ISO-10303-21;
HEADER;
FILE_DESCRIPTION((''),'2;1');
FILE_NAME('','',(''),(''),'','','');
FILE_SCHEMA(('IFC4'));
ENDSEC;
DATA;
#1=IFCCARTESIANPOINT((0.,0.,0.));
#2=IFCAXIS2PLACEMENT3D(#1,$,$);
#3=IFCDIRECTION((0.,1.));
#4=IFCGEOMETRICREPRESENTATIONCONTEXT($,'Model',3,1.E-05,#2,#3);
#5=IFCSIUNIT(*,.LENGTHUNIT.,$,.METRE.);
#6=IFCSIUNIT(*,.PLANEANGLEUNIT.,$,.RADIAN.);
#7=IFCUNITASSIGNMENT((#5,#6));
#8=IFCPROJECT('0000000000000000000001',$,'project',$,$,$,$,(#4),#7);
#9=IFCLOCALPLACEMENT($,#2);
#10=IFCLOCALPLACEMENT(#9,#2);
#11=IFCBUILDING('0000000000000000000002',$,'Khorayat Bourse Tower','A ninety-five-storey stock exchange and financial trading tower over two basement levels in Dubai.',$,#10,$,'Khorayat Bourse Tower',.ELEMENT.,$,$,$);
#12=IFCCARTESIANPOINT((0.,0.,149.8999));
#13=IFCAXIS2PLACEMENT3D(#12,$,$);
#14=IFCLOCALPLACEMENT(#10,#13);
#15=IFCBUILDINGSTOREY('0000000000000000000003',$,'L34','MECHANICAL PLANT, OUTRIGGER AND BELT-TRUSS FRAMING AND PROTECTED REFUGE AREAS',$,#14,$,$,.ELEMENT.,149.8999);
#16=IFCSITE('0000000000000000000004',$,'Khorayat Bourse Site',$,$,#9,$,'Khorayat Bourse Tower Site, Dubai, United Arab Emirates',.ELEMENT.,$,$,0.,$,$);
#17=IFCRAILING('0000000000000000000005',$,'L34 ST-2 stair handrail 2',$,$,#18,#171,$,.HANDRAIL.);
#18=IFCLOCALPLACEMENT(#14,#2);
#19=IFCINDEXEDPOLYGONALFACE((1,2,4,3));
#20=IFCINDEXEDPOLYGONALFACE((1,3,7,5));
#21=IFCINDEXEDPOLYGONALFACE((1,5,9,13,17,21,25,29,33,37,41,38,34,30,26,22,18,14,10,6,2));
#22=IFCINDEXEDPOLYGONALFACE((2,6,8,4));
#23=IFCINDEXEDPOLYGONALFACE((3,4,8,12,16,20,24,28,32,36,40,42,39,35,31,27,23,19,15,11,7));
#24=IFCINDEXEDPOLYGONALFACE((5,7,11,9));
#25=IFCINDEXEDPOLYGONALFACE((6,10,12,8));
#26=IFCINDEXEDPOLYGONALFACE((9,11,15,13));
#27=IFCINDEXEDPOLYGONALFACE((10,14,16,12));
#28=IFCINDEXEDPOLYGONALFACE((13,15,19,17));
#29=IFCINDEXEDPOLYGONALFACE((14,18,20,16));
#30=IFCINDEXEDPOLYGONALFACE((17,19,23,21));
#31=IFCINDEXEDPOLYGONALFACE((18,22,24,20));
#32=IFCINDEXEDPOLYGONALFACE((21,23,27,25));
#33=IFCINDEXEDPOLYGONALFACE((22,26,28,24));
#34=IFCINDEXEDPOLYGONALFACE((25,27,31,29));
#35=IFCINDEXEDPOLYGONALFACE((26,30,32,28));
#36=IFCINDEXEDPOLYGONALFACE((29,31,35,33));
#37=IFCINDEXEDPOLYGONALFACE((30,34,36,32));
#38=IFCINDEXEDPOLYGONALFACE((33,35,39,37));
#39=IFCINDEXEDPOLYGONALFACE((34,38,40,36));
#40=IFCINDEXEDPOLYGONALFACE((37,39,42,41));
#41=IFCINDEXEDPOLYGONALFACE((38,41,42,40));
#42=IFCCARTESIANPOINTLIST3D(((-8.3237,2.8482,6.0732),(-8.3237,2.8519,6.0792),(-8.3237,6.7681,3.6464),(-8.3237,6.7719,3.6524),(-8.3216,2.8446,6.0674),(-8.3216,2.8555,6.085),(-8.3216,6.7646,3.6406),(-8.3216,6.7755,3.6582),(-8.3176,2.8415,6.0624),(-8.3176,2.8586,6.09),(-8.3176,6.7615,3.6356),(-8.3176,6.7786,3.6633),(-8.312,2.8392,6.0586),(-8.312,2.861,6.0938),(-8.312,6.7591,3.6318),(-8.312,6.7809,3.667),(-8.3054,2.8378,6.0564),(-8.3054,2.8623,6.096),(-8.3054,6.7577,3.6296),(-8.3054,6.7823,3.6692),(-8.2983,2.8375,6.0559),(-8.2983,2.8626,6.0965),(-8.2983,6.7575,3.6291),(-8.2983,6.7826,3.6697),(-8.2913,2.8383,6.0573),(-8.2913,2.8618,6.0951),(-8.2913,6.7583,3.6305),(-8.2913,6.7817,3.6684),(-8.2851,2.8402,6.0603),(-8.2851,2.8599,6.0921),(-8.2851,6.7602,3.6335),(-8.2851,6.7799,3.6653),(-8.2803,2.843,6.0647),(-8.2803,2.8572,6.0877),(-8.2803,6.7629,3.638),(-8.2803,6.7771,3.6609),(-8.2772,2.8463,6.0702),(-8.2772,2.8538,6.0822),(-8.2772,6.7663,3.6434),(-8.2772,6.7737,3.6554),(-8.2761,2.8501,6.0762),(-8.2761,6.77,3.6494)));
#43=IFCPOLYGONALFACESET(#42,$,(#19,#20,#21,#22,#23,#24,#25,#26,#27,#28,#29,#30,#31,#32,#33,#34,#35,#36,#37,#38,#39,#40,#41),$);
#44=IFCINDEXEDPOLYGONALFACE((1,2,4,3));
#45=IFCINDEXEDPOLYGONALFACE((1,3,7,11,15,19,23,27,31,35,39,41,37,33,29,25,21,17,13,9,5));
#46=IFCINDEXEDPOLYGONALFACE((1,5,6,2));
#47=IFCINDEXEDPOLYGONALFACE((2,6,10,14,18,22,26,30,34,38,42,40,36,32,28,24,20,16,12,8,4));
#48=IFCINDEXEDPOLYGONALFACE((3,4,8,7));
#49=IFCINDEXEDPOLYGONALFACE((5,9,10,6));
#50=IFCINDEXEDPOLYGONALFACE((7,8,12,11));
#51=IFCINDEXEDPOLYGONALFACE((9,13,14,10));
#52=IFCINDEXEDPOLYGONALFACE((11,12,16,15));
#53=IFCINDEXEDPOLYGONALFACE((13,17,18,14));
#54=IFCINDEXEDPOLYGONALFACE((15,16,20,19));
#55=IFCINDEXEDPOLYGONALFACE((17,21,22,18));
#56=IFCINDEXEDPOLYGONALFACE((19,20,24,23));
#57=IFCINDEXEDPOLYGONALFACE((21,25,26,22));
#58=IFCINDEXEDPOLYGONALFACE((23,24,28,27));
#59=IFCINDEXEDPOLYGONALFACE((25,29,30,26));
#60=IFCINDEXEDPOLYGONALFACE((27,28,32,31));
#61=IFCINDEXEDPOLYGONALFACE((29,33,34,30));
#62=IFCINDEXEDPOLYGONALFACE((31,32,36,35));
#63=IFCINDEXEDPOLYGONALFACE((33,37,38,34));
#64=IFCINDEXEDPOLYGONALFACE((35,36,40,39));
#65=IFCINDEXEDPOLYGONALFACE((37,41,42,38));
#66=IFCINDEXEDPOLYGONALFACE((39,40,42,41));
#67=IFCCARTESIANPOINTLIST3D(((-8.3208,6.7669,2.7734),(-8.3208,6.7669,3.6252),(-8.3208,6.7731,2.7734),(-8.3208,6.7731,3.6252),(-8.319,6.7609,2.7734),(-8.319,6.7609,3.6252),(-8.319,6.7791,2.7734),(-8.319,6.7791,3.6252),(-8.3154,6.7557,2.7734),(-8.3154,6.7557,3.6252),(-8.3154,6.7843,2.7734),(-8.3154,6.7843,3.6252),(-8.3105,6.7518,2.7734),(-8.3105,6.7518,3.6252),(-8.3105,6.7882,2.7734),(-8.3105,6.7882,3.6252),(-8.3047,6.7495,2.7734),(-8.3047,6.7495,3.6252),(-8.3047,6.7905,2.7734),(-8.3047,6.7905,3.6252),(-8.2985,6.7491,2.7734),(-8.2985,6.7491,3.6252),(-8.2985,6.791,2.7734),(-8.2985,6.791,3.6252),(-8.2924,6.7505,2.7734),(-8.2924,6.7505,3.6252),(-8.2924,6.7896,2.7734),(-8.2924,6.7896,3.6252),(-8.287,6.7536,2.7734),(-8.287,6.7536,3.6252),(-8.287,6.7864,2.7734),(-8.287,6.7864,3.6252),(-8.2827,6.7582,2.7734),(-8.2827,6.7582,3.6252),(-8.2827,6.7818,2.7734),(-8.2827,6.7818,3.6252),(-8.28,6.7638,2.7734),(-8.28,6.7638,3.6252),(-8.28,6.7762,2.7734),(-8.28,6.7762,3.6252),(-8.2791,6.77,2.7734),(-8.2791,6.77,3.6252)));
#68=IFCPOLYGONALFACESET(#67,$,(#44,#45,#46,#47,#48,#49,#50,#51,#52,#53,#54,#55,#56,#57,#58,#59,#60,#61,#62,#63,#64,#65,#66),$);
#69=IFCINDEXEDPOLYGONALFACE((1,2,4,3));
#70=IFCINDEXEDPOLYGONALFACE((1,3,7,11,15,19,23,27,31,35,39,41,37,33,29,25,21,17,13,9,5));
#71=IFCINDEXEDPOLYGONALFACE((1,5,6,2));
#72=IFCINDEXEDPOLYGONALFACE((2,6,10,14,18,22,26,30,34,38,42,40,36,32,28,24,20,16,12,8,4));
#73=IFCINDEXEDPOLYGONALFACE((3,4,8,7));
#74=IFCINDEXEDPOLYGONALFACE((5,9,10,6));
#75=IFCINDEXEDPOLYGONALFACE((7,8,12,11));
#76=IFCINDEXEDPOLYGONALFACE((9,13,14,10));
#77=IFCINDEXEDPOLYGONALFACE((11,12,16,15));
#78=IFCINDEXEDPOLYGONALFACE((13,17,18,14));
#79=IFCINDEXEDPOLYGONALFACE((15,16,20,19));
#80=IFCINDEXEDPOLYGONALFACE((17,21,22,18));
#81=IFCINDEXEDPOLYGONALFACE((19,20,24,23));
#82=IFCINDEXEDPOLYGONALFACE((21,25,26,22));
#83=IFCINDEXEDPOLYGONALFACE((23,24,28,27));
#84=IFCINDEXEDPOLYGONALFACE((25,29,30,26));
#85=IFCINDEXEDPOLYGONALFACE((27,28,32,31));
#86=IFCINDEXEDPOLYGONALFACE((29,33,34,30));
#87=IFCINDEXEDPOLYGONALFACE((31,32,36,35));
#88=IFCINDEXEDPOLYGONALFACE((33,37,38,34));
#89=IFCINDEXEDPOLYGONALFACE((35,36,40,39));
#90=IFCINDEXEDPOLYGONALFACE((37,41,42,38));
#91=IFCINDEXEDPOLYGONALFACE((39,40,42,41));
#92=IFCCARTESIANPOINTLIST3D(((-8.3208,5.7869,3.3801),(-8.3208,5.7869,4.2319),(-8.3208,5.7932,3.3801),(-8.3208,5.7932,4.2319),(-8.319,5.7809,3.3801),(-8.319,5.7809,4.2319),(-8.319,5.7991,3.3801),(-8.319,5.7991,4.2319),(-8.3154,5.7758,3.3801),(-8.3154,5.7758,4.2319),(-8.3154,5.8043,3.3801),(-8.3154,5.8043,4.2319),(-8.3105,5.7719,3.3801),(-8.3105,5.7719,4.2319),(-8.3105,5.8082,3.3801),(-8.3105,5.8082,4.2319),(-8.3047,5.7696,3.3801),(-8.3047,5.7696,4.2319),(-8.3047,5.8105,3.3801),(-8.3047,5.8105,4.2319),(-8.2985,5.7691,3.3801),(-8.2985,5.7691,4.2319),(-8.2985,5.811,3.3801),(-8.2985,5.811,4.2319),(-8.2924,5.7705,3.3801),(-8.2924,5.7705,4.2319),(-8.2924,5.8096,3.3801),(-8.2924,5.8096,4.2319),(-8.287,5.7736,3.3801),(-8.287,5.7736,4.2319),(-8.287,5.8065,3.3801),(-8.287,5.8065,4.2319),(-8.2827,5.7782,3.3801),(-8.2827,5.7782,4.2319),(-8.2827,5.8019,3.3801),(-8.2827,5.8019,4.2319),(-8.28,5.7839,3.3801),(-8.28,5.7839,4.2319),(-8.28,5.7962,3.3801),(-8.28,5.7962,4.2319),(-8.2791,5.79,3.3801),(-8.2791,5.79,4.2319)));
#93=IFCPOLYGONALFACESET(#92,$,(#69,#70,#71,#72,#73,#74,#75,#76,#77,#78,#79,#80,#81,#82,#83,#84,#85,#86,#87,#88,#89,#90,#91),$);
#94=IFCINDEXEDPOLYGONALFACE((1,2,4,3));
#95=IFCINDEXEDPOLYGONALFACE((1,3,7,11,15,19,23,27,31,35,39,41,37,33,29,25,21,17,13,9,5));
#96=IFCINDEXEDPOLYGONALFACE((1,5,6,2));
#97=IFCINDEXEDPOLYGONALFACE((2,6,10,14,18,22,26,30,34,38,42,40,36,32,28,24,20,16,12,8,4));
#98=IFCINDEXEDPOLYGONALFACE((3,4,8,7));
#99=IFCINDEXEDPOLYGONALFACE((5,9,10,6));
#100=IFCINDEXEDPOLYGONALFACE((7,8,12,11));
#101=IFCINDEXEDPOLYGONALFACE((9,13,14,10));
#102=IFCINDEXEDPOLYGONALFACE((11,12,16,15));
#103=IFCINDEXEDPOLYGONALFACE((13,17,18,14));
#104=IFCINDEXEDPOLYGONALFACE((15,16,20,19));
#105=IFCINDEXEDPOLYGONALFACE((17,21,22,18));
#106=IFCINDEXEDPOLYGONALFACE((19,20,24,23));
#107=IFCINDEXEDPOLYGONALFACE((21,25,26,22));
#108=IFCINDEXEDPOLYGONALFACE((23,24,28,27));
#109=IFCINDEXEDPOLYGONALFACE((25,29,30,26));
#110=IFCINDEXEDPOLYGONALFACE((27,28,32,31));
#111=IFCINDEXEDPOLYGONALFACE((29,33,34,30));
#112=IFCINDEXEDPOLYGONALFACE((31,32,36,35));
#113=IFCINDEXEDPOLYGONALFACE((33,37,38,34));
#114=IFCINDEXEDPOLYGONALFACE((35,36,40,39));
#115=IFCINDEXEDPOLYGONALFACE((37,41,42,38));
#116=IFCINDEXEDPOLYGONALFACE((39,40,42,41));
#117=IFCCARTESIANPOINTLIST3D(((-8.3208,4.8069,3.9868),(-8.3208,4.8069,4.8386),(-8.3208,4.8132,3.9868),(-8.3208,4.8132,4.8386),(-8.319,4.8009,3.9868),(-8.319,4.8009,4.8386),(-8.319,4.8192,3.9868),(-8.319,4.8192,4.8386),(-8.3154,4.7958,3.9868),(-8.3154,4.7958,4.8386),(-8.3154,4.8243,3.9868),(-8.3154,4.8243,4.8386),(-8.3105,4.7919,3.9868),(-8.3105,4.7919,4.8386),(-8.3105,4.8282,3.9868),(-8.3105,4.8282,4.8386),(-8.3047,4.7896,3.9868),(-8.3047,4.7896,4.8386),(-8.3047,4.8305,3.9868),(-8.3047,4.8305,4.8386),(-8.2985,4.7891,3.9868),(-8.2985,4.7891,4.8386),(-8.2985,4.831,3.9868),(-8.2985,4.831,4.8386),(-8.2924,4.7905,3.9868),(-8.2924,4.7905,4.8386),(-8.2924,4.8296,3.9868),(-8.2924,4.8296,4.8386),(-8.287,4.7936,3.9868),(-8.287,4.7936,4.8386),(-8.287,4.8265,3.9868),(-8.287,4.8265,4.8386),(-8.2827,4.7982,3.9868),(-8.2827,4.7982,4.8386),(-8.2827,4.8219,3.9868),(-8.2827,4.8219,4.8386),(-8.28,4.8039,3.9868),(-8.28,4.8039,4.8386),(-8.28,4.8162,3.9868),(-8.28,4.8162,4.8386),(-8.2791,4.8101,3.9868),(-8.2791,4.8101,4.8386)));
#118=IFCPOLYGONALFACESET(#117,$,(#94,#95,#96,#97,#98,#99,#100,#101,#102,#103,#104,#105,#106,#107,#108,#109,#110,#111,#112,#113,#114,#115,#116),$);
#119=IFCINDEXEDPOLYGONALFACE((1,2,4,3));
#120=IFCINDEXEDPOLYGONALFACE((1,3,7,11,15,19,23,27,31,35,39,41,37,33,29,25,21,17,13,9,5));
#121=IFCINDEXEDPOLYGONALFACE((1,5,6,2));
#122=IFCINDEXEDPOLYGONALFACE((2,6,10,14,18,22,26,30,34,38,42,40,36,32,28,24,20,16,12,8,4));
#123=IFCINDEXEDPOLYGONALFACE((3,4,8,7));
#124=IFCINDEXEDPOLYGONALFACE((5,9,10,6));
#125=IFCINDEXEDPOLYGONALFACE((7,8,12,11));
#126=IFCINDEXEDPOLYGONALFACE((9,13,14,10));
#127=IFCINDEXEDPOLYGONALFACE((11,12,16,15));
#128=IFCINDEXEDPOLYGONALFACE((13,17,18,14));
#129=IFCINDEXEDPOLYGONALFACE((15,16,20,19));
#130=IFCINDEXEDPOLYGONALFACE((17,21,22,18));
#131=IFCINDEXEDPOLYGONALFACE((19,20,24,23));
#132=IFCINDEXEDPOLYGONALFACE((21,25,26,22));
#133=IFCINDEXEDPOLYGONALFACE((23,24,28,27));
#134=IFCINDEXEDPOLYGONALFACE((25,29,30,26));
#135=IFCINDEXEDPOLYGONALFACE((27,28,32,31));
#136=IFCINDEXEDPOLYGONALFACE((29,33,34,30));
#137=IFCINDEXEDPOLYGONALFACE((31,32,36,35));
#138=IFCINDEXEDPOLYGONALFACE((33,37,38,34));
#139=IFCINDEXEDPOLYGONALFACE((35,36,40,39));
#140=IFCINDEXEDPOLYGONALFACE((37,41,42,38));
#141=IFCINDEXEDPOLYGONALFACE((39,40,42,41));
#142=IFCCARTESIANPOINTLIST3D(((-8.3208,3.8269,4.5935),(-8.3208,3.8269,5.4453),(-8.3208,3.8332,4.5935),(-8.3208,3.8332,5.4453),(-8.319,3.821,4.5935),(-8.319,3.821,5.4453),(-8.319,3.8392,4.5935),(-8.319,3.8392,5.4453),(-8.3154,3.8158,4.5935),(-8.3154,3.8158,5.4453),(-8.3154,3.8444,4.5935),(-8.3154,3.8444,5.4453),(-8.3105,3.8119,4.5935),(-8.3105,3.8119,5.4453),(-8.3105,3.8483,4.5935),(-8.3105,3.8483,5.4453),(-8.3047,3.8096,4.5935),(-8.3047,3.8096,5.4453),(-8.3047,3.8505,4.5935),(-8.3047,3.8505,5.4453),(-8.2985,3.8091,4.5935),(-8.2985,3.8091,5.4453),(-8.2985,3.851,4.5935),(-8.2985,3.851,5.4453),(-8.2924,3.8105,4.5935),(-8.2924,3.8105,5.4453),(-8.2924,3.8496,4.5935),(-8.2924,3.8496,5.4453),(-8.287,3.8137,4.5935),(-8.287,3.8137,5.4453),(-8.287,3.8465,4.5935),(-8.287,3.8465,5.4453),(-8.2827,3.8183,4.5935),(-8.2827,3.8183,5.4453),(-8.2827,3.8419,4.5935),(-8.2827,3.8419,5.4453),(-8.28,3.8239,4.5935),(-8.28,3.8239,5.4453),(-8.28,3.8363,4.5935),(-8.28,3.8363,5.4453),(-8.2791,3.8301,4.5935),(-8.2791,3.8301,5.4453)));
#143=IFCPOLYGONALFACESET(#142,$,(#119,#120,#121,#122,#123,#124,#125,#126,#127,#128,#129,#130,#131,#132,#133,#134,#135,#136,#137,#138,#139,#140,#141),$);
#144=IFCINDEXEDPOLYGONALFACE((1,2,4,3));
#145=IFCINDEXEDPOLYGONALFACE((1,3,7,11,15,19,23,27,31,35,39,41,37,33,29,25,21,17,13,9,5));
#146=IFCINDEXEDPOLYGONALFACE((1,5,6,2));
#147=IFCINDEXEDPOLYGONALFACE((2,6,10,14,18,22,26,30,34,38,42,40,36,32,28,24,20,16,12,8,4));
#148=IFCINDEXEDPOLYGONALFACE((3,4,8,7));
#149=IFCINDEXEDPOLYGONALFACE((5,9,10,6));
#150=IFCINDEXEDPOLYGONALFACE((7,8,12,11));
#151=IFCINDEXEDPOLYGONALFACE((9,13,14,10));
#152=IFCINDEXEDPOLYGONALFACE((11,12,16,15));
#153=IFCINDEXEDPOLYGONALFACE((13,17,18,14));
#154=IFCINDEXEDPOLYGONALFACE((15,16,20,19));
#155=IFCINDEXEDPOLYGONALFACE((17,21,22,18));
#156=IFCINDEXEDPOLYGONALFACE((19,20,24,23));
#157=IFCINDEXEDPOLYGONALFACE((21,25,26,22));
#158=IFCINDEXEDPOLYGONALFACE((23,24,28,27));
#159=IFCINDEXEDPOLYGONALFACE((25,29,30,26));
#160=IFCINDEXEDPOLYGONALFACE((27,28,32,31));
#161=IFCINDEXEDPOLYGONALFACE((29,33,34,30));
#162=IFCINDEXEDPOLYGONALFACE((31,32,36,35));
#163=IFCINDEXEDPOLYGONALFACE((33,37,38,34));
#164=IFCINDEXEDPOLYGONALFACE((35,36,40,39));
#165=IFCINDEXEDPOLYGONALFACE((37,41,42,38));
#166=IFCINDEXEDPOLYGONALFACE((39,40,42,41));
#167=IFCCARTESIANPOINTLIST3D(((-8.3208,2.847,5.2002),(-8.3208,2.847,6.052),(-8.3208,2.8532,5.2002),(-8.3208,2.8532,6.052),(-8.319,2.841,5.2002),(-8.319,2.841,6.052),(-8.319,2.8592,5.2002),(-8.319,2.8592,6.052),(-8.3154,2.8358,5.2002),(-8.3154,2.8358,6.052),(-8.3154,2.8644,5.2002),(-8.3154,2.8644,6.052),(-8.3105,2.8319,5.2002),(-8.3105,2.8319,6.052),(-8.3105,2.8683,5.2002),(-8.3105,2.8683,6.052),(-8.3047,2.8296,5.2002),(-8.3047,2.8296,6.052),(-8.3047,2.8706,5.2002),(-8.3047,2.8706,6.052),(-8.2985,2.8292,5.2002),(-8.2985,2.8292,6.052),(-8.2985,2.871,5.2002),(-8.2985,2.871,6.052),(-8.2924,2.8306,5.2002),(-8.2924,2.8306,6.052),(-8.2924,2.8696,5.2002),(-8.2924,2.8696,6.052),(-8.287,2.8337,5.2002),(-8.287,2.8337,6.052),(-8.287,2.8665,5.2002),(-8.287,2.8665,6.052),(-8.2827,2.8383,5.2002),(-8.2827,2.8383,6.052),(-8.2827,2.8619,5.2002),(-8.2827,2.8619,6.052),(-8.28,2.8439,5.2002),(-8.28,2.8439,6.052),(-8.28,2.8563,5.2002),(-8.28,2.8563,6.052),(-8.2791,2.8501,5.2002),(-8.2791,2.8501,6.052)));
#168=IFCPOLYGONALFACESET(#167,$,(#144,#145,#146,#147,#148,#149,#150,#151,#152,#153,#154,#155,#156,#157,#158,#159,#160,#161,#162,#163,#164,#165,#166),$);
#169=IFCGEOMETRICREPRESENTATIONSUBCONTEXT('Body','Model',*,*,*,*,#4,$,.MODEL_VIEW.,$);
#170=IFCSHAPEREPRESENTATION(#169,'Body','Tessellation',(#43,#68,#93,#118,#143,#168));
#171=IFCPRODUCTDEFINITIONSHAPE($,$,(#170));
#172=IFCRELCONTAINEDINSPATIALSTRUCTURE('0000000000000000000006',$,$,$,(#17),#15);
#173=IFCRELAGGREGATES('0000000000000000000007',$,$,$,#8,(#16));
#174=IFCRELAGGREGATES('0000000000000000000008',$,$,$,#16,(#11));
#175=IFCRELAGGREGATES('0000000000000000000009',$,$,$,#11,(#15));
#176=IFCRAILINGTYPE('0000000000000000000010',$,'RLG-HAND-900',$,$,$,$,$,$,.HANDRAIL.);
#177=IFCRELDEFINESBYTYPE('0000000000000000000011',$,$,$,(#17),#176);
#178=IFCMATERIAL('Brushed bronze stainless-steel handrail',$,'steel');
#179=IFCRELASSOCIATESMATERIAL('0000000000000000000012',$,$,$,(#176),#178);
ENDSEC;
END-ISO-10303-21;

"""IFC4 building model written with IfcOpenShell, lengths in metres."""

from ifc_helpers import new_model, si_unit, direction, frame, origin, origin_2d, place, context, subcontext, project, spatial, circle, extrude, source, transform, mapped, material, type_object, element, save


model = new_model("IFC4")

# Units and contexts
model_context = context("Model", 3, precision=1e-05, world=origin(), true_north=direction((0.0, 1.0)))
body_context = subcontext(model_context, "Body", "Model", "MODEL_VIEW")
ifc_project = project(units=[si_unit("LENGTHUNIT", "METRE"), si_unit("PLANEANGLEUNIT", "RADIAN")], contexts=[model_context])

# Site, building, storey
site_placement = place(None, origin())
site = spatial("IfcSite", under=ifc_project, at=site_placement, Name="Khorayat Bourse Site", LongName="Khorayat Bourse Tower Site, Dubai, United Arab Emirates", CompositionType="ELEMENT", RefElevation=0.0)
building_placement = place(site_placement, origin())
building = spatial("IfcBuilding", under=site, at=building_placement, Name="Khorayat Bourse Tower", Description="A ninety-five-storey stock exchange and financial trading tower over two basement levels in Dubai.", LongName="Khorayat Bourse Tower", CompositionType="ELEMENT")
storey_placement = place(building_placement, frame((0.0, 0.0, 149.8999)))
storey = spatial("IfcBuildingStorey", under=building, at=storey_placement, Name="L34", Description="MECHANICAL PLANT, OUTRIGGER AND BELT-TRUSS FRAMING AND PROTECTED REFUGE AREAS", CompositionType="ELEMENT", Elevation=149.8999)

# Railing
ifc_material_1 = material(Name="Brushed bronze stainless-steel handrail", Category="steel")
railing_type_1 = type_object("IfcRailingType", Name="RLG-HAND-900", PredefinedType="HANDRAIL", material=ifc_material_1)
shared_shape_1 = source(origin(), body_context, "Body", "SweptSolid", [
    extrude(circle(Radius=0.0239, at=origin_2d()), frame((0.0, 0.0, 0.876), z_axis=(0.0, -0.850252, 0.526376), x_axis=(1.0, 0.0, 0.0)), (0.0, 0.0, 1.0), 4.6104),
    extrude(circle(Radius=0.021, at=origin_2d()), origin(), (0.0, 0.0, 1.0), 0.8518),
    extrude(circle(Radius=0.021, at=origin_2d()), frame((0.0, -0.98, 0.6067)), (0.0, 0.0, 1.0), 0.8518),
    extrude(circle(Radius=0.021, at=origin_2d()), frame((0.0, -1.96, 1.2134)), (0.0, 0.0, 1.0), 0.8518),
    extrude(circle(Radius=0.021, at=origin_2d()), frame((0.0, -2.9399, 1.8201)), (0.0, 0.0, 1.0), 0.8518),
    extrude(circle(Radius=0.021, at=origin_2d()), frame((0.0, -3.9199, 2.4268)), (0.0, 0.0, 1.0), 0.8518),
])
railing_1_placement = place(storey_placement, frame((-8.3, 6.77, 2.7734)))
element("IfcRailing", 1, at=railing_1_placement, inside=storey, type_object=railing_type_1, Name="L34 ST-2 stair handrail 2", PredefinedType="HANDRAIL", context=body_context, shape_type="MappedRepresentation", body=[
    mapped(shared_shape_1, transform((0.0, 0.0, 0.0), scale=1.0)),
])

save(model, "model.ifc")
